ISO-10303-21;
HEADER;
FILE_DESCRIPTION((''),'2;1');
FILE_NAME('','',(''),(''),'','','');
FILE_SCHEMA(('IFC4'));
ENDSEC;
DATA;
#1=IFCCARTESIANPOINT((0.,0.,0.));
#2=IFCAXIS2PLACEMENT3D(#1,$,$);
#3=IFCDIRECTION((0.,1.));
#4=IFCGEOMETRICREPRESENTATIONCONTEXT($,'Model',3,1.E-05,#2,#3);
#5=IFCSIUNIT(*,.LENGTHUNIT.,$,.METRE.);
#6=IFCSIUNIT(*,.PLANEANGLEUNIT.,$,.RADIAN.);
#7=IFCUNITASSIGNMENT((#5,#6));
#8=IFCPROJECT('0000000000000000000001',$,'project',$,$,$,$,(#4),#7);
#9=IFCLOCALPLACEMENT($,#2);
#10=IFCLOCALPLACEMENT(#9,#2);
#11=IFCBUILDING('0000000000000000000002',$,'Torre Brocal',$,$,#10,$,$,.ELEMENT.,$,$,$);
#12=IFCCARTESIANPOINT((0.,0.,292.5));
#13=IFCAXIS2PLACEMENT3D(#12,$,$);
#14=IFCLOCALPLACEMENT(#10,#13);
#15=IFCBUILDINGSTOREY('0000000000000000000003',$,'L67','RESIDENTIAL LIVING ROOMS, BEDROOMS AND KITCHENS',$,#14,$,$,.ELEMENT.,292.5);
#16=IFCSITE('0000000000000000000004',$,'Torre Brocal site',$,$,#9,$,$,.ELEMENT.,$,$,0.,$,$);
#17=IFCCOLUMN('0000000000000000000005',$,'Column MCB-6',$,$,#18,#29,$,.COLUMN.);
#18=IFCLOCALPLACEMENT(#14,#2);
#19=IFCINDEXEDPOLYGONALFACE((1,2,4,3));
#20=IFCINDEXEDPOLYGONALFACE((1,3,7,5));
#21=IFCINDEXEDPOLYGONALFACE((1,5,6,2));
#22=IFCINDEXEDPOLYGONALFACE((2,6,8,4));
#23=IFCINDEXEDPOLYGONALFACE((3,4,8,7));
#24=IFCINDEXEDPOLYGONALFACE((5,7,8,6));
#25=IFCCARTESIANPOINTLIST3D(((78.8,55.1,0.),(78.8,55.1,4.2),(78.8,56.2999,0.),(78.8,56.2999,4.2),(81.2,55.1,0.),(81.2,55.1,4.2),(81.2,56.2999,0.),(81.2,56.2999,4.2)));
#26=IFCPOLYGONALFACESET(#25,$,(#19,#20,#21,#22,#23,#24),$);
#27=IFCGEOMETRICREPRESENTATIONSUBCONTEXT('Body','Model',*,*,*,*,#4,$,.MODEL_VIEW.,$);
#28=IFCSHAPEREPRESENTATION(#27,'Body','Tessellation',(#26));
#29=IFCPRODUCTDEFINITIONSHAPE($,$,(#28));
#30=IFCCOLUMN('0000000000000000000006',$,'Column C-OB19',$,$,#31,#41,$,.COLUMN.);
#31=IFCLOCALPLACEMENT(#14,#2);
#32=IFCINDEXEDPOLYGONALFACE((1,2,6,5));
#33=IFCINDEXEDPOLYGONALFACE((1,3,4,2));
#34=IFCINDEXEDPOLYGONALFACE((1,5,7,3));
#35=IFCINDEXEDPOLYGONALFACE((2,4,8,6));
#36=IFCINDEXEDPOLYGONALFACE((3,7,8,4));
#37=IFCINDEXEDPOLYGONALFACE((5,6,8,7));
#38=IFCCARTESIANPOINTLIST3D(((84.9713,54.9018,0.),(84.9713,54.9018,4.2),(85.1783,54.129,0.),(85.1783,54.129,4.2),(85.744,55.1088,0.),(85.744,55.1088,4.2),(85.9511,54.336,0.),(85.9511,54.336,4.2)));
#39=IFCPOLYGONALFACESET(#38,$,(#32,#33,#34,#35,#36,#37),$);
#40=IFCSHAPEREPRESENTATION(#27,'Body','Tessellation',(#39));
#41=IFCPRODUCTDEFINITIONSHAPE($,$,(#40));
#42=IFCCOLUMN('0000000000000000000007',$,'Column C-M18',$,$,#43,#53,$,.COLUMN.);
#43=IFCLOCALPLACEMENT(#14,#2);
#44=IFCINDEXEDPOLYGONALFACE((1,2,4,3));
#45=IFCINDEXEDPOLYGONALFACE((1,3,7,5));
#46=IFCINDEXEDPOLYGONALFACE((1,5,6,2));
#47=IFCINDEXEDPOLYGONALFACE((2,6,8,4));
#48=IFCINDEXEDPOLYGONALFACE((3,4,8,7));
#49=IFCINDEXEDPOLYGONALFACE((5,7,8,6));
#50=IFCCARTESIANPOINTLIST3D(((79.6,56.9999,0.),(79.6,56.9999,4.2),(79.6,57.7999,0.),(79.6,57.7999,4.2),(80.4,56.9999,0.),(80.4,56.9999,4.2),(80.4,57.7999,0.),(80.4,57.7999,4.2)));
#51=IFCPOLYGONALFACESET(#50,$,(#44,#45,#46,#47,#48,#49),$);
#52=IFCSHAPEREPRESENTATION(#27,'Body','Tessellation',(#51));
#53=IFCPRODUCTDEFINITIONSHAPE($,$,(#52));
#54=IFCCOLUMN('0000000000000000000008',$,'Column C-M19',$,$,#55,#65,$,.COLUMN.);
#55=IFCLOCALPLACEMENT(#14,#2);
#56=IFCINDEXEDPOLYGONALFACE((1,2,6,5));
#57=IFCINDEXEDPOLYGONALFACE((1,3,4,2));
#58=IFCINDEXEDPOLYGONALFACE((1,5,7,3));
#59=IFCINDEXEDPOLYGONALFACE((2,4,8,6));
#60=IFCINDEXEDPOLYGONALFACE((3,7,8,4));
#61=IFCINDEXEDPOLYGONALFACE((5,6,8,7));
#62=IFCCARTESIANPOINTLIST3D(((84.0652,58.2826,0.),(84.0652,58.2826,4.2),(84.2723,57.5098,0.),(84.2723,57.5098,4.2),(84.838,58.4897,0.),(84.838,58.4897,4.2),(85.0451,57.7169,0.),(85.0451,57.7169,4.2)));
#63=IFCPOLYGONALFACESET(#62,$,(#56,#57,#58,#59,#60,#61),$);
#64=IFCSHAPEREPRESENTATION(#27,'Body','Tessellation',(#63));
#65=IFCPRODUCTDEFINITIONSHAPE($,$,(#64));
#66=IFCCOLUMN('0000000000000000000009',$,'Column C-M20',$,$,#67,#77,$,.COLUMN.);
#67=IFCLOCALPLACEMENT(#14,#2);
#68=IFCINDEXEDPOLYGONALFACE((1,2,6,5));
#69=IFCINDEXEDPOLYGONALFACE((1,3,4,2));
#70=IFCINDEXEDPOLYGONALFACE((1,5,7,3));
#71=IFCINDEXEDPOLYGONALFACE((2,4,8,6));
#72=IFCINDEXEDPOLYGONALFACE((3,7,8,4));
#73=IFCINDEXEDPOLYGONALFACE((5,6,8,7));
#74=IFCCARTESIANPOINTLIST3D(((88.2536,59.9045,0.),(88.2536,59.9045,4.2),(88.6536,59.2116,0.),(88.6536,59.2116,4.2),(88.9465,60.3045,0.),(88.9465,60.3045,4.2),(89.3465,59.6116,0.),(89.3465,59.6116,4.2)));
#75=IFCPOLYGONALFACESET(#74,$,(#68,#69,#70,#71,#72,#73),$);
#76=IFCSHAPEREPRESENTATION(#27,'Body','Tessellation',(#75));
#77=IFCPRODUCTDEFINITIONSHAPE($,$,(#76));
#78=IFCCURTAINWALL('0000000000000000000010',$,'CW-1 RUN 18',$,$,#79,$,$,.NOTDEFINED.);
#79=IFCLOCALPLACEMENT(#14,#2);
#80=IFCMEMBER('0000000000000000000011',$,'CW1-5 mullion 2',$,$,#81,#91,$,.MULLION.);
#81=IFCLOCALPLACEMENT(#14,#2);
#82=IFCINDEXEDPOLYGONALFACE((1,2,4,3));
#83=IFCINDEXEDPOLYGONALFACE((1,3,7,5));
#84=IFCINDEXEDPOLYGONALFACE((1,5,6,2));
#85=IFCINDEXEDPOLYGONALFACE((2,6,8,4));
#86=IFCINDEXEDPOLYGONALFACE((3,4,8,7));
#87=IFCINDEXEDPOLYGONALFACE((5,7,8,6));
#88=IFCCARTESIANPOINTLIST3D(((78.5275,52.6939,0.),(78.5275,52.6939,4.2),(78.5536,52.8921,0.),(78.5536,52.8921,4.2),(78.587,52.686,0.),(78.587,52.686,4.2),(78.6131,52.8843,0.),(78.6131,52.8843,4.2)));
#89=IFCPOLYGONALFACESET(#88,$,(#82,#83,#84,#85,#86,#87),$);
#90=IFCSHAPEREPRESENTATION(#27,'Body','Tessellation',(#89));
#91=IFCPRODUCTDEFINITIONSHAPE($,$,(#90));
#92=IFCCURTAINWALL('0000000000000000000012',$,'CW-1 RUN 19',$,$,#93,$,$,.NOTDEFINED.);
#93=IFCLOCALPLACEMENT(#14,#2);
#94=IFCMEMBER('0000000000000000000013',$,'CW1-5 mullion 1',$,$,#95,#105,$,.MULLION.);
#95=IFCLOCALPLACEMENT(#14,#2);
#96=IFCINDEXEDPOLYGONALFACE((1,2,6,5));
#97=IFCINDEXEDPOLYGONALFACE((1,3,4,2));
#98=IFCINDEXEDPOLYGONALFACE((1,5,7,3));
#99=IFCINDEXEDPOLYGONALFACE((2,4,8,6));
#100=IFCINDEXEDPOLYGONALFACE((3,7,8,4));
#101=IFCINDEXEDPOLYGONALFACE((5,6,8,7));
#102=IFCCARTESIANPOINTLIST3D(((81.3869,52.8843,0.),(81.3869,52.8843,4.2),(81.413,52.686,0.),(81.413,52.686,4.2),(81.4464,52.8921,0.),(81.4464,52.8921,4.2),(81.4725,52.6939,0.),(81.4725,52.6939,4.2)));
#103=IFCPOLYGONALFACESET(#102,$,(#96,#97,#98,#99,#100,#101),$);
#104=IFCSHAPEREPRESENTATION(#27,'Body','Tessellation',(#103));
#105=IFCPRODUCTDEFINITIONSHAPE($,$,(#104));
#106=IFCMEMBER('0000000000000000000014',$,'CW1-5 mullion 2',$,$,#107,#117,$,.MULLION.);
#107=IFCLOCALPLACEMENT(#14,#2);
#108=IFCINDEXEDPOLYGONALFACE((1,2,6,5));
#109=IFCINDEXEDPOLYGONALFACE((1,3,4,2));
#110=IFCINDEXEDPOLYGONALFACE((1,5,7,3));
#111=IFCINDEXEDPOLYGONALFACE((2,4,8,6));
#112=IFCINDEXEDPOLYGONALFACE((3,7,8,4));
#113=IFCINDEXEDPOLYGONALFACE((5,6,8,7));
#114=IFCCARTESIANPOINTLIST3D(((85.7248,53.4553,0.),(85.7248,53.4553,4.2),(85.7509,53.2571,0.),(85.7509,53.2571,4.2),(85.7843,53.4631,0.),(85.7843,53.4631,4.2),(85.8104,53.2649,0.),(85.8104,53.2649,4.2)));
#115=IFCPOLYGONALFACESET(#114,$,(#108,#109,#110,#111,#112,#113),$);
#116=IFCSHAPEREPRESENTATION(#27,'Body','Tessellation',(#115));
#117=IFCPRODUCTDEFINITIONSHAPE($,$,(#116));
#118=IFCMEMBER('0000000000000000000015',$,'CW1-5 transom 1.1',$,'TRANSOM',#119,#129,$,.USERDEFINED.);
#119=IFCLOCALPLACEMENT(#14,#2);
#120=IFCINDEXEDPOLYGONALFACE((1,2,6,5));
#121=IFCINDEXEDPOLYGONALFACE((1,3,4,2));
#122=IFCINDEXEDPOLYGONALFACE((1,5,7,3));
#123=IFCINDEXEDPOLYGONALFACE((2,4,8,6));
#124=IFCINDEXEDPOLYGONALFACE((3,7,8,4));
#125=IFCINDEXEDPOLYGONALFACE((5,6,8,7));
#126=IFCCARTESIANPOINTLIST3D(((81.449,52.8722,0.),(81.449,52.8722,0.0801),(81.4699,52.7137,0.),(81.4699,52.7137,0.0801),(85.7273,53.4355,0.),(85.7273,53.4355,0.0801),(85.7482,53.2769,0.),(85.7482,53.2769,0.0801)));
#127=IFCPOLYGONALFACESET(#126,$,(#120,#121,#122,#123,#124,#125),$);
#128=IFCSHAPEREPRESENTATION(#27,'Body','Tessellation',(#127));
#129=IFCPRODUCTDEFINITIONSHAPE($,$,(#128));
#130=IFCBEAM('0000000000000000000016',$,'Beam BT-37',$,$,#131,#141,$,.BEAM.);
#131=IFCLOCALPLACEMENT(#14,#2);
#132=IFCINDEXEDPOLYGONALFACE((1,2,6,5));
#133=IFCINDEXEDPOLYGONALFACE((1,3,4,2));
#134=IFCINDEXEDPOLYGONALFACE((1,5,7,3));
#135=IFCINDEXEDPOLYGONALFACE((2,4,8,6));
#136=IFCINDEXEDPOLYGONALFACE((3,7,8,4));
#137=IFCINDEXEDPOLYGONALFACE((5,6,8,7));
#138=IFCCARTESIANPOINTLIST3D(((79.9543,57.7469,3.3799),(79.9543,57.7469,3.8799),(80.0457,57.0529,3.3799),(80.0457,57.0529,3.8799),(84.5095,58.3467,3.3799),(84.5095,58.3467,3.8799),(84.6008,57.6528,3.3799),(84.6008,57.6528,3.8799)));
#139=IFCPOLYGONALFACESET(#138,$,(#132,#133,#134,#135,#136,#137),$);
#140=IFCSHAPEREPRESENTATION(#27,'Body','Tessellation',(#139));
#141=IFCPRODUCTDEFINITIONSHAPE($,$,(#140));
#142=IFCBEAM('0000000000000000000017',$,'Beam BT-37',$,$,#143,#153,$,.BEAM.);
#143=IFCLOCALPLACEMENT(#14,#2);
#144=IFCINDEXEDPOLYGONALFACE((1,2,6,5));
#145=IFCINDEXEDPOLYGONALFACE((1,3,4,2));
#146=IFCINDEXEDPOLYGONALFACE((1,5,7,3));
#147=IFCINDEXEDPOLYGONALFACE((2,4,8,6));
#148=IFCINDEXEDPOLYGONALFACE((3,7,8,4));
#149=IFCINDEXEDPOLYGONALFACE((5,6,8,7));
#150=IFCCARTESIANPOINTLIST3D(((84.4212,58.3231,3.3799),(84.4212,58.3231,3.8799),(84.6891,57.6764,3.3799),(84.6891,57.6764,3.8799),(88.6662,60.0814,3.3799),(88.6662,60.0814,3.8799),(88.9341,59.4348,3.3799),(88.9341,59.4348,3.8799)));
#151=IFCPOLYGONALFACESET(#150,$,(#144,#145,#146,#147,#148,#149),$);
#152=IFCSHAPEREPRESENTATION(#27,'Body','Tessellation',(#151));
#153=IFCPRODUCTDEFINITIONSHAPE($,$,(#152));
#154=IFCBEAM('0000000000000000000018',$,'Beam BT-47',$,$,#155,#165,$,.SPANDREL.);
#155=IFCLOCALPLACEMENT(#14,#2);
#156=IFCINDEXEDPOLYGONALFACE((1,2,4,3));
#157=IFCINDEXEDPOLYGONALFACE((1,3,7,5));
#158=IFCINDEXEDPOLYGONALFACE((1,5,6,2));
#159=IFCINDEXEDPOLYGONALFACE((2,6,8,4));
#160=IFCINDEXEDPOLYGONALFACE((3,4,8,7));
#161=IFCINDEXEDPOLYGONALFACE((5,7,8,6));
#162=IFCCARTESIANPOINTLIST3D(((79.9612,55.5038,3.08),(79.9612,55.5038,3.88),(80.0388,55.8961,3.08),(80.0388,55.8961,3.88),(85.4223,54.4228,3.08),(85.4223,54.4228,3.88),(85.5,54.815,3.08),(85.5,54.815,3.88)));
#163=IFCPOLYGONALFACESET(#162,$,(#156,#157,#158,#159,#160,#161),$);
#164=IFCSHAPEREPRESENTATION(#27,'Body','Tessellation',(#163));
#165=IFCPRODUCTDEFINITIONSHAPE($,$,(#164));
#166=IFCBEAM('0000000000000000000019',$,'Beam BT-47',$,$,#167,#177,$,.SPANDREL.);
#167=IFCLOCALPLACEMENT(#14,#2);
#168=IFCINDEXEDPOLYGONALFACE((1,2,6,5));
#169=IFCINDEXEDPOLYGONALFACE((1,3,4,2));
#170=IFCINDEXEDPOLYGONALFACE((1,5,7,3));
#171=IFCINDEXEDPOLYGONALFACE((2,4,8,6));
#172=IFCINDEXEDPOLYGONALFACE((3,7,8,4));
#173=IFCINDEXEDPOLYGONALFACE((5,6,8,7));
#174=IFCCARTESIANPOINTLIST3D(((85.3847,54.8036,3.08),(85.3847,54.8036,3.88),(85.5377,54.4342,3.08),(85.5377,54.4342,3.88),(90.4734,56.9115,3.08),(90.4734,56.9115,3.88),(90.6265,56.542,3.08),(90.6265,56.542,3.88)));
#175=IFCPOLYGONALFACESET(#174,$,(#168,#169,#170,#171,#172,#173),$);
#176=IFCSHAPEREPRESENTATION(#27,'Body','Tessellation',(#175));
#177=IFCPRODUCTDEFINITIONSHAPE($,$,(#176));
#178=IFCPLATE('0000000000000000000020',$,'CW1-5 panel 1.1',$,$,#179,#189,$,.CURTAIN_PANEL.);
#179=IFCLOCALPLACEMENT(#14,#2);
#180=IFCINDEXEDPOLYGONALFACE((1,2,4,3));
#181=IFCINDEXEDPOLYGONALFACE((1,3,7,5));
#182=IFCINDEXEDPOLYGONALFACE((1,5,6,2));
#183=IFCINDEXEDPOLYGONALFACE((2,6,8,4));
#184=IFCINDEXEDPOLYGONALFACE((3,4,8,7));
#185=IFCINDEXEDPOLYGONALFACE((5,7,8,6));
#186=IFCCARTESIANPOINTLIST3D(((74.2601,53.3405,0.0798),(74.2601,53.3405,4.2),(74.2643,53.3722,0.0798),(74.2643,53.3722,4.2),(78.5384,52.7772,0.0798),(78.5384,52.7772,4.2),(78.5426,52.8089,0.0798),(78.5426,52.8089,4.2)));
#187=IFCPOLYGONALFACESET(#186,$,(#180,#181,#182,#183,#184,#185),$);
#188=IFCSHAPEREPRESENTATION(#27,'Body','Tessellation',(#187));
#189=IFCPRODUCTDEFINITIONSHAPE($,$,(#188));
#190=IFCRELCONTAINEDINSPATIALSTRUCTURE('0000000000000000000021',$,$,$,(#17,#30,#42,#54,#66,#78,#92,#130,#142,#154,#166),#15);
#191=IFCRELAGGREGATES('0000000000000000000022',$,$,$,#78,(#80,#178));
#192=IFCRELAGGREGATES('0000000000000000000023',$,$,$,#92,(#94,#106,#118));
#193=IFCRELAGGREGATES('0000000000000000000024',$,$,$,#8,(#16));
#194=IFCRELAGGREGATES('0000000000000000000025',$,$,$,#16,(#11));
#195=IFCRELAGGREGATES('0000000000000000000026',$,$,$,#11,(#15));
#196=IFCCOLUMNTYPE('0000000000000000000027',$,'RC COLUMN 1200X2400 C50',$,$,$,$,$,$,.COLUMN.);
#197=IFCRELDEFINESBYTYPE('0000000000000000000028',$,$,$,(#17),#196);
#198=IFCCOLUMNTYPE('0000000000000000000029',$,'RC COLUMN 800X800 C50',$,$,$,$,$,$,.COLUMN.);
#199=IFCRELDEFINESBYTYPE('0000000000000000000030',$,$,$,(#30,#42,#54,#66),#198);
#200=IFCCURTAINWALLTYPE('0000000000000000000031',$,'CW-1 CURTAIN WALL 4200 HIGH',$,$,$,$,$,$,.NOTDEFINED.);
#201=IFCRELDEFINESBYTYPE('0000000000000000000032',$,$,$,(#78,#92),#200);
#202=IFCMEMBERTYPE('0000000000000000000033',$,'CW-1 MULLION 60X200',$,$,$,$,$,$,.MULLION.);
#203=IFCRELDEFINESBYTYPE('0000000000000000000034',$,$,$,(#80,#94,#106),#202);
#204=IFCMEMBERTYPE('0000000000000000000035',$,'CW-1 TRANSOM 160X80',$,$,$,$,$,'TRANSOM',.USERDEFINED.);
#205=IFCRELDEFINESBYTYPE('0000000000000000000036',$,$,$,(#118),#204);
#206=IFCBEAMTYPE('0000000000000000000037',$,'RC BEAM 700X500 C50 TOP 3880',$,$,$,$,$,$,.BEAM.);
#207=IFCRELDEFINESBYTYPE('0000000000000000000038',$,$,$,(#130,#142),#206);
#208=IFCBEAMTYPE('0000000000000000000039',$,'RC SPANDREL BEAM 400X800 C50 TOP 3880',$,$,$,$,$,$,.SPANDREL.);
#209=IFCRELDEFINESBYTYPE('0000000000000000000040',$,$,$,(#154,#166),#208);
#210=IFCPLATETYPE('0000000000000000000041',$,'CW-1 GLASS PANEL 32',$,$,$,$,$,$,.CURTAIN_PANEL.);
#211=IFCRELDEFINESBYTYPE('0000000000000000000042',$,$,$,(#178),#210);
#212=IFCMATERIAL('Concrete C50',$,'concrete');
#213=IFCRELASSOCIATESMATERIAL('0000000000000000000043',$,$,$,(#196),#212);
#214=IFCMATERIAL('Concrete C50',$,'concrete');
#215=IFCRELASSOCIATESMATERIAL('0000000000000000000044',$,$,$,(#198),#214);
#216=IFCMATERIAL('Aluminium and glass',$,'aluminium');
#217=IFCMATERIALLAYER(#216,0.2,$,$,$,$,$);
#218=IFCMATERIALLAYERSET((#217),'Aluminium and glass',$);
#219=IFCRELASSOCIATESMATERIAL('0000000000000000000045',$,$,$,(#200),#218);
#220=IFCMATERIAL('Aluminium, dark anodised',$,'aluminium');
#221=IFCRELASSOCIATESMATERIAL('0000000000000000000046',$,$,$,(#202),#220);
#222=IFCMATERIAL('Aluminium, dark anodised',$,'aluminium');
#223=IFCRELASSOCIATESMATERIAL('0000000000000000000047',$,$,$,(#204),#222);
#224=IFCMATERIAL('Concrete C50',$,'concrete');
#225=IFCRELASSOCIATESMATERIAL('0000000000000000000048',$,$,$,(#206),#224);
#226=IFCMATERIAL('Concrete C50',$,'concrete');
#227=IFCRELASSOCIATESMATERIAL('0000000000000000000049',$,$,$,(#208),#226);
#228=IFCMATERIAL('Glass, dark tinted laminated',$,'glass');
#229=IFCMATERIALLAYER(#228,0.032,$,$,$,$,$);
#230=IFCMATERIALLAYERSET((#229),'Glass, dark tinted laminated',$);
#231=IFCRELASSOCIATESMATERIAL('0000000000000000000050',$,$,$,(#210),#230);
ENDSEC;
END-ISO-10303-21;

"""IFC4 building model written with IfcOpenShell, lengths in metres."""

from ifc_helpers import new_model, si_unit, direction, frame, origin, origin_2d, place, context, subcontext, project, spatial, rectangle, extrude, material, layer, layer_set, material_profile, profile_set, type_object, element, aggregate, save


model = new_model("IFC4")

# Units and contexts
model_context = context("Model", 3, precision=1e-05, world=origin(), true_north=direction((0.0, 1.0)))
body_context = subcontext(model_context, "Body", "Model", "MODEL_VIEW")
ifc_project = project(units=[si_unit("LENGTHUNIT", "METRE"), si_unit("PLANEANGLEUNIT", "RADIAN")], contexts=[model_context])

# Site, building, storey
site_placement = place(None, origin())
site = spatial("IfcSite", under=ifc_project, at=site_placement, Name="Torre Brocal site", CompositionType="ELEMENT", RefElevation=0.0)
building_placement = place(site_placement, origin())
building = spatial("IfcBuilding", under=site, at=building_placement, Name="Torre Brocal", CompositionType="ELEMENT")
storey_placement = place(building_placement, frame((0.0, 0.0, 292.5)))
storey = spatial("IfcBuildingStorey", under=building, at=storey_placement, Name="L67", Description="RESIDENTIAL LIVING ROOMS, BEDROOMS AND KITCHENS", CompositionType="ELEMENT", Elevation=292.5)

# Columns
ifc_material_1 = material(Name="Concrete C50", Category="concrete")
ifc_material_profile_1 = material_profile(ifc_material_1, rectangle(XDim=1.2, YDim=2.3999, at=origin_2d()), Name="RC 1200X2400")
ifc_profile_set_1 = profile_set([ifc_material_profile_1], Name="Concrete C50")
column_type_1 = type_object("IfcColumnType", Name="RC COLUMN 1200X2400 C50", PredefinedType="COLUMN", material=ifc_profile_set_1)
column_placement = place(storey_placement, frame((80.0, 55.7, 0.0), z_axis=(0.0, 0.0, 1.0), x_axis=(0.0, -1.0, 0.0)))
element("IfcColumn", 1, at=column_placement, inside=storey, type_object=column_type_1, Name="Column MCB-6", PredefinedType="COLUMN", context=body_context, shape_type="SweptSolid", body=[
    extrude(rectangle(XDim=1.2, YDim=2.3999, at=origin_2d()), origin(), (0.0, 0.0, 1.0), 4.2),
])
ifc_material_2 = material(Name="Concrete C50", Category="concrete")
ifc_material_profile_2 = material_profile(ifc_material_2, rectangle(XDim=0.8, YDim=0.8, at=origin_2d()), Name="RC 800X800")
ifc_profile_set_2 = profile_set([ifc_material_profile_2], Name="Concrete C50")
column_type_2 = type_object("IfcColumnType", Name="RC COLUMN 800X800 C50", PredefinedType="COLUMN", material=ifc_profile_set_2)
for number, where, z_axis, x_axis, name in (
    (2, (85.4612, 54.6189, 0.0), (0.0, 0.0, 1.0), (0.258819, -0.965926, 0.0), "Column C-OB19"),
    (3, (80.0, 57.3999, 0.0), (0.0, 0.0, 1.0), (0.0, -1.0, 0.0), "Column C-M18"),
    (4, (84.5552, 57.9998, 0.0), (0.0, 0.0, 1.0), (0.258819, -0.965926, 0.0), "Column C-M19"),
    (5, (88.8, 59.7581, 0.0), (0.0, 0.0, 1.0), (0.5, -0.866025, 0.0), "Column C-M20"),
):
    element("IfcColumn", number, at=place(storey_placement, frame(where, z_axis=z_axis, x_axis=x_axis)), inside=storey, type_object=column_type_2, Name=name, PredefinedType="COLUMN", context=body_context, shape_type="SweptSolid", body=[
        extrude(rectangle(XDim=0.8, YDim=0.8, at=origin_2d()), origin(), (0.0, 0.0, 1.0), 4.2),
    ])

# Curtain wall, member
ifc_material_3 = material(Name="Aluminium and glass", Category="aluminium")
ifc_layer_1 = layer(ifc_material_3, 0.2)
ifc_layer_set_1 = layer_set([ifc_layer_1], Name="Aluminium and glass")
curtain_wall_type = type_object("IfcCurtainWallType", Name="CW-1 CURTAIN WALL 4200 HIGH", PredefinedType="NOTDEFINED", material=ifc_layer_set_1)
curtain_wall_1_placement = place(storey_placement, origin())
curtain_wall_1 = element("IfcCurtainWall", 6, at=curtain_wall_1_placement, inside=storey, type_object=curtain_wall_type, Name="CW-1 RUN 18", PredefinedType="NOTDEFINED")
ifc_material_4 = material(Name="Aluminium, dark anodised", Category="aluminium")
ifc_material_profile_3 = material_profile(ifc_material_4, rectangle(XDim=0.2, YDim=0.0601, at=origin_2d()), Name="CW-1 MULLION 60X200")
ifc_profile_set_3 = profile_set([ifc_material_profile_3], Name="Aluminium, dark anodised")
member_type_1 = type_object("IfcMemberType", Name="CW-1 MULLION 60X200", PredefinedType="MULLION", material=ifc_profile_set_3)
member_1_placement = place(storey_placement, frame((78.5703, 52.7891, 0.0), z_axis=(0.0, 0.0, 1.0), x_axis=(0.130526, 0.991445, 0.0)))
member_1 = element("IfcMember", 7, at=member_1_placement, type_object=member_type_1, Name="CW1-5 mullion 2", PredefinedType="MULLION", context=body_context, shape_type="SweptSolid", body=[
    extrude(rectangle(XDim=0.2, YDim=0.0601, at=origin_2d()), origin(), (0.0, 0.0, 1.0), 4.2),
])

# Curtain wall, members
curtain_wall_2_placement = place(storey_placement, origin())
curtain_wall_2 = element("IfcCurtainWall", 8, at=curtain_wall_2_placement, inside=storey, type_object=curtain_wall_type, Name="CW-1 RUN 19", PredefinedType="NOTDEFINED")
member_2_placement = place(storey_placement, frame((81.4297, 52.7891, 0.0), z_axis=(0.0, 0.0, 1.0), x_axis=(-0.130526, 0.991445, 0.0)))
member_2 = element("IfcMember", 9, at=member_2_placement, type_object=member_type_1, Name="CW1-5 mullion 1", PredefinedType="MULLION", context=body_context, shape_type="SweptSolid", body=[
    extrude(rectangle(XDim=0.2, YDim=0.0601, at=origin_2d()), origin(), (0.0, 0.0, 1.0), 4.2),
])
member_3_placement = place(storey_placement, frame((85.7676, 53.3601, 0.0), z_axis=(0.0, 0.0, 1.0), x_axis=(-0.130526, 0.991445, 0.0)))
member_3 = element("IfcMember", 10, at=member_3_placement, type_object=member_type_1, Name="CW1-5 mullion 2", PredefinedType="MULLION", context=body_context, shape_type="SweptSolid", body=[
    extrude(rectangle(XDim=0.2, YDim=0.0601, at=origin_2d()), origin(), (0.0, 0.0, 1.0), 4.2),
])
ifc_material_5 = material(Name="Aluminium, dark anodised", Category="aluminium")
ifc_material_profile_4 = material_profile(ifc_material_5, rectangle(XDim=0.1599, YDim=0.0801, at=origin_2d()), Name="CW-1 TRANSOM 160X80")
ifc_profile_set_4 = profile_set([ifc_material_profile_4], Name="Aluminium, dark anodised")
member_type_2 = type_object("IfcMemberType", Name="CW-1 TRANSOM 160X80", ElementType="TRANSOM", PredefinedType="USERDEFINED", material=ifc_profile_set_4)
member_4_placement = place(storey_placement, frame((81.4595, 52.793, 0.04), z_axis=(0.991445, 0.130522, 0.0), x_axis=(-0.130522, 0.991445, 0.0)))
member_4 = element("IfcMember", 11, at=member_4_placement, type_object=member_type_2, Name="CW1-5 transom 1.1", ObjectType="TRANSOM", PredefinedType="USERDEFINED", context=body_context, shape_type="SweptSolid", body=[
    extrude(rectangle(XDim=0.1599, YDim=0.0801, at=origin_2d()), origin(), (0.0, 0.0, 1.0), 4.3152),
])

# Beams
ifc_material_6 = material(Name="Concrete C50", Category="concrete")
ifc_material_profile_5 = material_profile(ifc_material_6, rectangle(XDim=0.7, YDim=0.5, at=origin_2d()), Name="RC 700X500")
ifc_profile_set_5 = profile_set([ifc_material_profile_5], Name="Concrete C50")
beam_type_1 = type_object("IfcBeamType", Name="RC BEAM 700X500 C50 TOP 3880", PredefinedType="BEAM", material=ifc_profile_set_5)
beam_1_placement = place(storey_placement, frame((80.0, 57.3999, 3.6299), z_axis=(0.991441, 0.130559, 0.0), x_axis=(-0.130559, 0.991441, 0.0)))
element("IfcBeam", 12, at=beam_1_placement, inside=storey, type_object=beam_type_1, Name="Beam BT-37", PredefinedType="BEAM", context=body_context, shape_type="SweptSolid", body=[
    extrude(rectangle(XDim=0.7, YDim=0.5, at=origin_2d()), origin(), (0.0, 0.0, 1.0), 4.5945),
])
beam_2_placement = place(storey_placement, frame((84.5552, 57.9998, 3.6299), z_axis=(0.923878, 0.382687, 0.0), x_axis=(-0.382687, 0.923878, 0.0)))
element("IfcBeam", 13, at=beam_2_placement, inside=storey, type_object=beam_type_1, Name="Beam BT-37", PredefinedType="BEAM", context=body_context, shape_type="SweptSolid", body=[
    extrude(rectangle(XDim=0.7, YDim=0.5, at=origin_2d()), origin(), (0.0, 0.0, 1.0), 4.5947),
])
ifc_material_7 = material(Name="Concrete C50", Category="concrete")
ifc_material_profile_6 = material_profile(ifc_material_7, rectangle(XDim=0.3999, YDim=0.8, at=origin_2d()), Name="RC 400X800")
ifc_profile_set_6 = profile_set([ifc_material_profile_6], Name="Concrete C50")
beam_type_2 = type_object("IfcBeamType", Name="RC SPANDREL BEAM 400X800 C50 TOP 3880", PredefinedType="SPANDREL", material=ifc_profile_set_6)
beam_3_placement = place(storey_placement, frame((80.0, 55.7, 3.48), z_axis=(0.980965, -0.194185, 0.0), x_axis=(0.194185, 0.980965, 0.0)))
element("IfcBeam", 14, at=beam_3_placement, inside=storey, type_object=beam_type_2, Name="Beam BT-47", PredefinedType="SPANDREL", context=body_context, shape_type="SweptSolid", body=[
    extrude(rectangle(XDim=0.3999, YDim=0.8, at=origin_2d()), origin(), (0.0, 0.0, 1.0), 5.5671),
])
beam_4_placement = place(storey_placement, frame((85.4612, 54.6189, 3.48), z_axis=(0.923877, 0.382688, 0.0), x_axis=(-0.382688, 0.923877, 0.0)))
element("IfcBeam", 15, at=beam_4_placement, inside=storey, type_object=beam_type_2, Name="Beam BT-47", PredefinedType="SPANDREL", context=body_context, shape_type="SweptSolid", body=[
    extrude(rectangle(XDim=0.3999, YDim=0.8, at=origin_2d()), origin(), (0.0, 0.0, 1.0), 5.5081),
])

# Plate
ifc_material_8 = material(Name="Glass, dark tinted laminated", Category="glass")
ifc_layer_2 = layer(ifc_material_8, 0.032)
ifc_layer_set_2 = layer_set([ifc_layer_2], Name="Glass, dark tinted laminated")
plate_type = type_object("IfcPlateType", Name="CW-1 GLASS PANEL 32", PredefinedType="CURTAIN_PANEL", material=ifc_layer_set_2)
plate_1_placement = place(storey_placement, frame((76.4014, 53.0747, 0.0798), z_axis=(0.0, 0.0, 1.0), x_axis=(0.991445, -0.130526, 0.0)))
plate_1 = element("IfcPlate", 16, at=plate_1_placement, type_object=plate_type, Name="CW1-5 panel 1.1", PredefinedType="CURTAIN_PANEL", context=body_context, shape_type="SweptSolid", body=[
    extrude(rectangle(XDim=4.3152, YDim=0.032, at=origin_2d()), origin(), (0.0, 0.0, 1.0), 4.1201),
])
aggregate(curtain_wall_1, [member_1, plate_1])
aggregate(curtain_wall_2, [member_2, member_3, member_4])

save(model, "model.ifc")
